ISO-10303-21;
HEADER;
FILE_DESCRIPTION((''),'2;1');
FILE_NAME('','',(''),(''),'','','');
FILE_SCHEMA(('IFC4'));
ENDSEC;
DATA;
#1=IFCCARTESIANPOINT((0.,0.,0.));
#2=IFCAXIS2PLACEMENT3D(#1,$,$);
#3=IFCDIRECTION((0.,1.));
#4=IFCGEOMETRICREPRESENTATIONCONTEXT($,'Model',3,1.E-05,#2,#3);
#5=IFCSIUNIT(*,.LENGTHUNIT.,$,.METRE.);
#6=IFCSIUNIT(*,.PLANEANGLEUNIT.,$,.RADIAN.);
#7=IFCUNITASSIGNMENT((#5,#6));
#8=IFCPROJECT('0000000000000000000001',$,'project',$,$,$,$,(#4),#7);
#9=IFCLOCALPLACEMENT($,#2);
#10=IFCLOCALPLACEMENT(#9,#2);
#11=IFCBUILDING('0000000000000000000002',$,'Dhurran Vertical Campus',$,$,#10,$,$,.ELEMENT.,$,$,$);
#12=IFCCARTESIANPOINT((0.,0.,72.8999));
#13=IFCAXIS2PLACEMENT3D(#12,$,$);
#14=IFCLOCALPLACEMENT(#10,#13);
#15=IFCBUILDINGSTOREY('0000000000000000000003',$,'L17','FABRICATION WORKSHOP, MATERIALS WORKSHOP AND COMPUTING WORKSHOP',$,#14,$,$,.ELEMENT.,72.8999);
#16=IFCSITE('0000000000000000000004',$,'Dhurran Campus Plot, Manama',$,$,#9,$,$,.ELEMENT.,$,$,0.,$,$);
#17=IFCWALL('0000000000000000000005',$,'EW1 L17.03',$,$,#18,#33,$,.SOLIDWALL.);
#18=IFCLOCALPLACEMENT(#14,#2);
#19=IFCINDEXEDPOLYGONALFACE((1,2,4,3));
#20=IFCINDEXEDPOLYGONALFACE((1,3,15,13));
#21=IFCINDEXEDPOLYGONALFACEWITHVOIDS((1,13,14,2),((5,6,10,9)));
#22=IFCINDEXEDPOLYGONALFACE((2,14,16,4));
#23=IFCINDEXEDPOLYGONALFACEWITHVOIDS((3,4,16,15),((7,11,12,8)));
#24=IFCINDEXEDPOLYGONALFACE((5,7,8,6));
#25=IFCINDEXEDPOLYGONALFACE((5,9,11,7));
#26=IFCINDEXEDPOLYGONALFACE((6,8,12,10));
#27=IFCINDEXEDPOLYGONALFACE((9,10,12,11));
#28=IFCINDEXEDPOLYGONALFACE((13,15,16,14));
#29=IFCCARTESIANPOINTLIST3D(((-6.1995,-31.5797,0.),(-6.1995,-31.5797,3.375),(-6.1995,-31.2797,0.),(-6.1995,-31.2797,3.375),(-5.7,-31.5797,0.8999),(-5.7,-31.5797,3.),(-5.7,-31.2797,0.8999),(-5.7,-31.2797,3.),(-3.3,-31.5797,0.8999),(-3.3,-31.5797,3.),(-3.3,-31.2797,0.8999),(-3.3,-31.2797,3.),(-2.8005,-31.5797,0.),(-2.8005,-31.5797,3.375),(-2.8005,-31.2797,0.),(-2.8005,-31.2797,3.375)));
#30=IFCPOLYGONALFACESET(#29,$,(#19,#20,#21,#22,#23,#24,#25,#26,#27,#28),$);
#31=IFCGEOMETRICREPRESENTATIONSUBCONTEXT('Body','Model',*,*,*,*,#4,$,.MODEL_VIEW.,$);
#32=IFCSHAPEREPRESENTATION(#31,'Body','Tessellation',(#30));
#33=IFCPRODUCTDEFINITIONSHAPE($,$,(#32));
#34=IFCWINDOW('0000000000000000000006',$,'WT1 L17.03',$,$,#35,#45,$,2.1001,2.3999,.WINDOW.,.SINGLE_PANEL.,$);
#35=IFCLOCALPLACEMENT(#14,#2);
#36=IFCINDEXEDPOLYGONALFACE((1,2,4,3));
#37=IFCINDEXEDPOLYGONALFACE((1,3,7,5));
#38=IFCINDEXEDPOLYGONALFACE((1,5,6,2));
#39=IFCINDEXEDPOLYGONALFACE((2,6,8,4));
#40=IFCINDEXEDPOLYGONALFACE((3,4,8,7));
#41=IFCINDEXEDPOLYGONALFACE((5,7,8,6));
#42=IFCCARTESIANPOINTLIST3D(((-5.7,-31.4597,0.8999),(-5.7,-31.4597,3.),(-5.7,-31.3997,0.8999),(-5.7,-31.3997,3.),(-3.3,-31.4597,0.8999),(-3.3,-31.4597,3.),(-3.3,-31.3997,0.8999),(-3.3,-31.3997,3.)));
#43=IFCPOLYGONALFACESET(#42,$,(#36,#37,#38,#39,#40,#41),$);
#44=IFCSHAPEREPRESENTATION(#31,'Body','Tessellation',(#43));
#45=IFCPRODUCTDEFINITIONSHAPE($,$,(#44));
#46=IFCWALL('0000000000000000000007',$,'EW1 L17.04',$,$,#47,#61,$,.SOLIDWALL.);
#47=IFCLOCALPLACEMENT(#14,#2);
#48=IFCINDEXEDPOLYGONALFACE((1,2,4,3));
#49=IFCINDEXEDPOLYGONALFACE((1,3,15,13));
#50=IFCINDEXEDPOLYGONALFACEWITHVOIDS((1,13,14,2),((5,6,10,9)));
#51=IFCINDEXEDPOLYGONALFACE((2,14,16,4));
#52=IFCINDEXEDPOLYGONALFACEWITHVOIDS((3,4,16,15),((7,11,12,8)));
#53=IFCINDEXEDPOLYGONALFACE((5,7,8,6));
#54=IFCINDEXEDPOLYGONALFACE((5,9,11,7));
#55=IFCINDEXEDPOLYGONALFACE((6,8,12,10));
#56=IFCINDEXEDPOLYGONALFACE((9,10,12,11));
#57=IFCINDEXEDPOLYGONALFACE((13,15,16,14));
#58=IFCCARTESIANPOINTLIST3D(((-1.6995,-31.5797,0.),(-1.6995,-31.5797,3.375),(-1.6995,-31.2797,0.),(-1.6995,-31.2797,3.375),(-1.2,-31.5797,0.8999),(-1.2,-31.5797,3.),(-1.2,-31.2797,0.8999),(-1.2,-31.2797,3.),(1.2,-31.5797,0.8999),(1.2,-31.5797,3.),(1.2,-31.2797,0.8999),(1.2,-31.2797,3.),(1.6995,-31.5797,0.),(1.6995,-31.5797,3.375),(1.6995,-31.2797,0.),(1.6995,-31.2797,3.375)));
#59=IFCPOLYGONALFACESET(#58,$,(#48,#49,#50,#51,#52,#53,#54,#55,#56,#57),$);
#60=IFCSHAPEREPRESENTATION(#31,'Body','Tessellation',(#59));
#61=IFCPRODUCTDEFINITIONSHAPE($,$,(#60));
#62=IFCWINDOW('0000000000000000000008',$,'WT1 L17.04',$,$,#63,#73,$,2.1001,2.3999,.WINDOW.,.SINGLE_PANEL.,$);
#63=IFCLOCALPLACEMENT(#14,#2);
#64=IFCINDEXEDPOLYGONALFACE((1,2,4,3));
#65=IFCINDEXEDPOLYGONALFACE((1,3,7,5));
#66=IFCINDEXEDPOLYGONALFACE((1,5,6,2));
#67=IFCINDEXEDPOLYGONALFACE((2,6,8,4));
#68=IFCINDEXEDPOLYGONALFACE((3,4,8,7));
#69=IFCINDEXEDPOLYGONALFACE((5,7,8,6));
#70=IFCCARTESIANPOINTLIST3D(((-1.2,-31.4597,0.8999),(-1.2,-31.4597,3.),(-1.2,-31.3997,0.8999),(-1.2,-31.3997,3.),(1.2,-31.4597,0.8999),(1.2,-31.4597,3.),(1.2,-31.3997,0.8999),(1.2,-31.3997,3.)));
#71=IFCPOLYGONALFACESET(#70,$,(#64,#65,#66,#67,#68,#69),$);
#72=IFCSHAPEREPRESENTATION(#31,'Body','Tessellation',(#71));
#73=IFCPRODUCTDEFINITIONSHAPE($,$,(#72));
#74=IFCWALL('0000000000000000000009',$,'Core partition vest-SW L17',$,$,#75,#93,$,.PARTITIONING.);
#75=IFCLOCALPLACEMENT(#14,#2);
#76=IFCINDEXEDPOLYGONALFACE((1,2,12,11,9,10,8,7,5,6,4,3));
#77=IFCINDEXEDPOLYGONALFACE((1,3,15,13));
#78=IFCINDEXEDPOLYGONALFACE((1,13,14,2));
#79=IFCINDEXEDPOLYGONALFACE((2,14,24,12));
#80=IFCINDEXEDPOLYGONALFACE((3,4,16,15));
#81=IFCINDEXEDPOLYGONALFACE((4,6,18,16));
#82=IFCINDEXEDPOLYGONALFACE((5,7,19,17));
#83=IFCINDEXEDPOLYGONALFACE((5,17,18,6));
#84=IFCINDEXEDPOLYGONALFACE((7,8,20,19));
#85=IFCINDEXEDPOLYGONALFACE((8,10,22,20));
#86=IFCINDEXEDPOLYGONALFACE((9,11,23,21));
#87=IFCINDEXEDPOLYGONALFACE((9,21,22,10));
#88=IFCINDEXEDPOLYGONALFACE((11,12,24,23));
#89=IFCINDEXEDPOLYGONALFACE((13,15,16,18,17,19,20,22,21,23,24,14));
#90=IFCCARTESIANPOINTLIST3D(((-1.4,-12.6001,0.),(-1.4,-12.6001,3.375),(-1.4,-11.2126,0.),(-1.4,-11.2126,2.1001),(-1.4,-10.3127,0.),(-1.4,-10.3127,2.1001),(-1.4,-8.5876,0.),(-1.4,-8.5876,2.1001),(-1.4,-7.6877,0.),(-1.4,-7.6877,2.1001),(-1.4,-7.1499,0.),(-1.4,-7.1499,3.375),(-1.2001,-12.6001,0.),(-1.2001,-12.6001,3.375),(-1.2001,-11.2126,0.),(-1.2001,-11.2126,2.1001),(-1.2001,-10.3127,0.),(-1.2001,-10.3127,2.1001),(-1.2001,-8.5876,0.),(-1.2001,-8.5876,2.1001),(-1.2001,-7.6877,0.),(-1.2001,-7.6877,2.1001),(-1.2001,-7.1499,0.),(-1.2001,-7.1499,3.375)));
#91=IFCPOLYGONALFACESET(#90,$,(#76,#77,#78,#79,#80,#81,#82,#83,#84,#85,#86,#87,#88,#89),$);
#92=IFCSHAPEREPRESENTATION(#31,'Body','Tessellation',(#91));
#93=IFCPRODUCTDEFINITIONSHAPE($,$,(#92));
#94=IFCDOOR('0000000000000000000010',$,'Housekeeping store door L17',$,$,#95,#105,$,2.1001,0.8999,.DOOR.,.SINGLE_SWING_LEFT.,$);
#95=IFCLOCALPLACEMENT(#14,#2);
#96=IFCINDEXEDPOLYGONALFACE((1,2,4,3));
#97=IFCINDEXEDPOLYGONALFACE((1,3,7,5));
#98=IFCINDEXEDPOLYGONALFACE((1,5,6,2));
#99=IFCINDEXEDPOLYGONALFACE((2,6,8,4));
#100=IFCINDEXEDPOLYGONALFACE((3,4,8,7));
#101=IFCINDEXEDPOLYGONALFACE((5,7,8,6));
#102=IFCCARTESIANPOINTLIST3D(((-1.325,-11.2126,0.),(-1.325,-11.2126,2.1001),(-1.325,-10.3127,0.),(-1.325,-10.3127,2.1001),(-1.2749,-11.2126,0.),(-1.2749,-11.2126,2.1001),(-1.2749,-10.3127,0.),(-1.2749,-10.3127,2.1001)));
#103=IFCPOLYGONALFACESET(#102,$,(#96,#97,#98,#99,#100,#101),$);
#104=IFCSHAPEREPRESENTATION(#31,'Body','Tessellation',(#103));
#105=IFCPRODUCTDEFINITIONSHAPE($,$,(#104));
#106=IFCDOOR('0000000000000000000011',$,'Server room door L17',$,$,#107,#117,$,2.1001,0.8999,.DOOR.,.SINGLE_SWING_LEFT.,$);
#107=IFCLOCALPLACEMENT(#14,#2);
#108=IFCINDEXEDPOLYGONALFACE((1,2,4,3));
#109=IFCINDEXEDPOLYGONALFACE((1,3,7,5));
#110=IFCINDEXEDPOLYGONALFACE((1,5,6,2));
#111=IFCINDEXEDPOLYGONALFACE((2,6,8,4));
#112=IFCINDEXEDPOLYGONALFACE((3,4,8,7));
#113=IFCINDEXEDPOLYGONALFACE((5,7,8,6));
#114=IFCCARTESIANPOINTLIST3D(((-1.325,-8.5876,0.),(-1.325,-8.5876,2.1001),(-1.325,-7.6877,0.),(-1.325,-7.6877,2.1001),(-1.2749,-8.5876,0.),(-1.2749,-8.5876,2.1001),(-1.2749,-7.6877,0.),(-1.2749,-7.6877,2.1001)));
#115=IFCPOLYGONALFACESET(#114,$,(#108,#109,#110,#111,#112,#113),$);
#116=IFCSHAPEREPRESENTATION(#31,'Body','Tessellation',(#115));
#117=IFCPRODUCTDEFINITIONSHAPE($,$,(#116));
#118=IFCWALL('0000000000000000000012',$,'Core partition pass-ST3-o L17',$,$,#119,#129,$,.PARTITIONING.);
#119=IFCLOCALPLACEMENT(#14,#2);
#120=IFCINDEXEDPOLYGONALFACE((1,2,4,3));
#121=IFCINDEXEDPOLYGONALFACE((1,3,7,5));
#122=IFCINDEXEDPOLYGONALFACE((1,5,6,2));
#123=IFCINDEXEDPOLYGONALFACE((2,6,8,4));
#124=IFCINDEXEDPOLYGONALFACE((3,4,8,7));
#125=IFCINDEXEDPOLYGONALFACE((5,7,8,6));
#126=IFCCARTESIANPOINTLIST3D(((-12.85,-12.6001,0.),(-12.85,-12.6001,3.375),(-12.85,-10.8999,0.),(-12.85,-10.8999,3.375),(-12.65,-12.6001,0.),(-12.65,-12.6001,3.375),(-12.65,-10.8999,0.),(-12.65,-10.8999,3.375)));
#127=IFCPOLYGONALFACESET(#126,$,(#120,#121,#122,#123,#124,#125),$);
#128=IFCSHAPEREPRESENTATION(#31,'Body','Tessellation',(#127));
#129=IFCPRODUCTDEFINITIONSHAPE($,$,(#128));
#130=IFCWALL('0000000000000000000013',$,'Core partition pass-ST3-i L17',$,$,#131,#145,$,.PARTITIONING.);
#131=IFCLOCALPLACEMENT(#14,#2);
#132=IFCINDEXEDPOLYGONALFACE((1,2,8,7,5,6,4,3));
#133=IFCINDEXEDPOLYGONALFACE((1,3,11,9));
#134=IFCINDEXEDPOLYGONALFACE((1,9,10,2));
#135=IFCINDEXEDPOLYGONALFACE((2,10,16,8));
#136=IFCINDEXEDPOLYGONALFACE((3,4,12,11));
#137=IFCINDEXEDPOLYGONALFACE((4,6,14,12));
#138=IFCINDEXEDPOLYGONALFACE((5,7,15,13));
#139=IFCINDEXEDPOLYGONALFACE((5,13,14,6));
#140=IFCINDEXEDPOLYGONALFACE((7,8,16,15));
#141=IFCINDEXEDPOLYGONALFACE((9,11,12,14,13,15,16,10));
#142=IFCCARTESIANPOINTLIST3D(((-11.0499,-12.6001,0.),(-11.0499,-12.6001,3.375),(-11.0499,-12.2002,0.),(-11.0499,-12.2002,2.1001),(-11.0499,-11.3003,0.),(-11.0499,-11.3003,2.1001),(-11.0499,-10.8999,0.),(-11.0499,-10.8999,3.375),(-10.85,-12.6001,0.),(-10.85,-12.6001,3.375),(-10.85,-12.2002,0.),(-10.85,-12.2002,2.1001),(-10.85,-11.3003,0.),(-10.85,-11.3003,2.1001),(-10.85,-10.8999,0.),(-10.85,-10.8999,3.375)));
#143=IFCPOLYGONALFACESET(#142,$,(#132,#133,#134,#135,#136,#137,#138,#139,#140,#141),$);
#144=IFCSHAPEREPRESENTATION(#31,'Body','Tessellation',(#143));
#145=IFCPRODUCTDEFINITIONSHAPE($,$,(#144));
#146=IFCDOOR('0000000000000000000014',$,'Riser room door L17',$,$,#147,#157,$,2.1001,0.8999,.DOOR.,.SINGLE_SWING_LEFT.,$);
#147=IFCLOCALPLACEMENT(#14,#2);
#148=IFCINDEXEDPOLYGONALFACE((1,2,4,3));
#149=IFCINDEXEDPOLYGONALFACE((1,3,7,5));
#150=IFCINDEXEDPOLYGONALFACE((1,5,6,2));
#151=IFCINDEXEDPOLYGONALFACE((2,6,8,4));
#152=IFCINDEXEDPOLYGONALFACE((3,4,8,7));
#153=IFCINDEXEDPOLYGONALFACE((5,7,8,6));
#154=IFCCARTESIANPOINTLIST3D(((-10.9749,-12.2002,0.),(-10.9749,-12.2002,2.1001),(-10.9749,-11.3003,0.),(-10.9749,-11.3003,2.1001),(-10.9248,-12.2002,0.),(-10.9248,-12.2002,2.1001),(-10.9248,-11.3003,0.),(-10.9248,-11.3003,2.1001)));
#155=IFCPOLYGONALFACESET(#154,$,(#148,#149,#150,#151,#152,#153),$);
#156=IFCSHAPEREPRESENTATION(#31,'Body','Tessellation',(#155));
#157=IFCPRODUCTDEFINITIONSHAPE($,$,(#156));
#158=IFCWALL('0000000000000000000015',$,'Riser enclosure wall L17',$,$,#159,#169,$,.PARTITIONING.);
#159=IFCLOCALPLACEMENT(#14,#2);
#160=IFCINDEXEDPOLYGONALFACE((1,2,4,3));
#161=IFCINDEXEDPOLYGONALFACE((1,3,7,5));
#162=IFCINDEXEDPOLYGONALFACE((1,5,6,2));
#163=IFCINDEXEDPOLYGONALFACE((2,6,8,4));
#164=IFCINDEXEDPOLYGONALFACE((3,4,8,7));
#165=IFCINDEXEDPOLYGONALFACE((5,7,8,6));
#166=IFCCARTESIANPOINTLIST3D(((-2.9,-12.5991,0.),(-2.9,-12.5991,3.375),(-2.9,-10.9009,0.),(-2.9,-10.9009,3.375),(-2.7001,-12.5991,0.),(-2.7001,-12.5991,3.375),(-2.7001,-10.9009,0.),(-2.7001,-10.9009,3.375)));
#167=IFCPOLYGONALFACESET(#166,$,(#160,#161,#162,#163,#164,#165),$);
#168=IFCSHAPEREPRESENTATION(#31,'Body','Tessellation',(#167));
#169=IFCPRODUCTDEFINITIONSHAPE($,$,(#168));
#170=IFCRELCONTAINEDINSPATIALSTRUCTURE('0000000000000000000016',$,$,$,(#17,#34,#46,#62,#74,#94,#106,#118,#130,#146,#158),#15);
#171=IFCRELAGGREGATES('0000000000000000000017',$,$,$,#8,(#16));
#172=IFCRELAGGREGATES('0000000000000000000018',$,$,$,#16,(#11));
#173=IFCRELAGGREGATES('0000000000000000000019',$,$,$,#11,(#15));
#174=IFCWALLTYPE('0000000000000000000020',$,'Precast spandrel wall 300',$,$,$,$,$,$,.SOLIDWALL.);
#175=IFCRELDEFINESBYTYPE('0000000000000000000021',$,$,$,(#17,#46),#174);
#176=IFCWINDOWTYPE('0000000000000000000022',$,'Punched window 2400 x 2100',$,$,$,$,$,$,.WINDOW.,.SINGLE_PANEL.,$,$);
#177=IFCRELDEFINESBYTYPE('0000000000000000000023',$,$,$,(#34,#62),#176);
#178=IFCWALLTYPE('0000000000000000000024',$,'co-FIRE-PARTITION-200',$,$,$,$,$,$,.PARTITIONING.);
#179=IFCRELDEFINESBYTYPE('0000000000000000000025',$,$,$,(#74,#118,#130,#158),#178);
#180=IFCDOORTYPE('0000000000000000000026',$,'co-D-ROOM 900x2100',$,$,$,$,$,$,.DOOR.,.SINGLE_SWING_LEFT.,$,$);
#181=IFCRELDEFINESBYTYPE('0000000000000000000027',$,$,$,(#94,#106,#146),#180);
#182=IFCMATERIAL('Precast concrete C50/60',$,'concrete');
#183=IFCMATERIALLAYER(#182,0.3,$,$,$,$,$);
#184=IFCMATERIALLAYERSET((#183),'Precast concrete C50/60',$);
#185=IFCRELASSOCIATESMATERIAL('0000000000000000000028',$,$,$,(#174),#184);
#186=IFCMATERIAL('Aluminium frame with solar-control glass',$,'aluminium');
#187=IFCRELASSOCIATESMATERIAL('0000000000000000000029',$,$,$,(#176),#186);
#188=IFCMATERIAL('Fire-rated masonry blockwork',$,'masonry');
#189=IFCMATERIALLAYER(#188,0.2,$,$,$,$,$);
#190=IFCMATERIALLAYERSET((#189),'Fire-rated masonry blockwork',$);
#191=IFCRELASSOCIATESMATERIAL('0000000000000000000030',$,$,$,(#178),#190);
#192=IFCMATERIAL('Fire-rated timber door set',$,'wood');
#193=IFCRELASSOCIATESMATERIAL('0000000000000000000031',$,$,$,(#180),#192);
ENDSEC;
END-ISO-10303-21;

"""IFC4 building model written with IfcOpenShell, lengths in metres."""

from ifc_helpers import new_model, si_unit, direction, frame, frame_2d, origin, place, context, subcontext, project, spatial, rectangle, extrude, material, layer, layer_set, type_object, element, fill, save


model = new_model("IFC4")

# Units and contexts
model_context = context("Model", 3, precision=1e-05, world=origin(), true_north=direction((0.0, 1.0)))
body_context = subcontext(model_context, "Body", "Model", "MODEL_VIEW")
ifc_project = project(units=[si_unit("LENGTHUNIT", "METRE"), si_unit("PLANEANGLEUNIT", "RADIAN")], contexts=[model_context])

# Site, building, storey
site_placement = place(None, origin())
site = spatial("IfcSite", under=ifc_project, at=site_placement, Name="Dhurran Campus Plot, Manama", CompositionType="ELEMENT", RefElevation=0.0)
building_placement = place(site_placement, origin())
building = spatial("IfcBuilding", under=site, at=building_placement, Name="Dhurran Vertical Campus", CompositionType="ELEMENT")
storey_placement = place(building_placement, frame((0.0, 0.0, 72.8999)))
storey = spatial("IfcBuildingStorey", under=building, at=storey_placement, Name="L17", Description="FABRICATION WORKSHOP, MATERIALS WORKSHOP AND COMPUTING WORKSHOP", CompositionType="ELEMENT", Elevation=72.8999)

# Walls, openings, windows
ifc_material_1 = material(Name="Precast concrete C50/60", Category="concrete")
ifc_layer_1 = layer(ifc_material_1, 0.3)
ifc_layer_set_1 = layer_set([ifc_layer_1], Name="Precast concrete C50/60")
wall_type_1 = type_object("IfcWallType", Name="Precast spandrel wall 300", PredefinedType="SOLIDWALL", material=ifc_layer_set_1)
ifc_material_2 = material(Name="Aluminium frame with solar-control glass", Category="aluminium")
window_type = type_object("IfcWindowType", Name="Punched window 2400 x 2100", PartitioningType="SINGLE_PANEL", PredefinedType="WINDOW", material=ifc_material_2)
wall_1_placement = place(storey_placement, frame((-6.1995, -31.4297, 0.0), z_axis=(0.0, 0.0, 1.0), x_axis=(1.0, 0.0, 0.0)))
wall_1 = element("IfcWall", 1, at=wall_1_placement, inside=storey, type_object=wall_type_1, Name="EW1 L17.03", PredefinedType="SOLIDWALL", context=body_context, shape_type="SweptSolid", body=[
    extrude(rectangle(XDim=3.3989, YDim=0.3, at=frame_2d((1.6995, 0.0))), origin(), (0.0, 0.0, 1.0), 3.375),
])
opening_1_placement = place(wall_1_placement, frame((0.4995, 0.0, 0.8999)))
opening_1 = element("IfcOpeningElement", 2, at=opening_1_placement, cuts=wall_1, PredefinedType="OPENING", context=body_context, shape_type="SweptSolid", body=[
    extrude(rectangle(XDim=2.3999, YDim=2.1001, at=frame_2d((1.2, 1.05))), frame((0.0, 0.1599, 0.0), z_axis=(0.0, -1.0, 0.0), x_axis=(1.0, 0.0, 0.0)), (0.0, 0.0, 1.0), 0.3201),
])
window_1_placement = place(opening_1_placement, origin())
window_1 = element("IfcWindow", 3, at=window_1_placement, inside=storey, type_object=window_type, Name="WT1 L17.03", OverallHeight=2.1001, OverallWidth=2.3999, PartitioningType="SINGLE_PANEL", PredefinedType="WINDOW", context=body_context, shape_type="SweptSolid", body=[
    extrude(rectangle(XDim=2.3999, YDim=2.1001, at=frame_2d((1.2, 1.05))), frame((0.0, 0.03, 0.0), z_axis=(0.0, -1.0, 0.0), x_axis=(1.0, 0.0, 0.0)), (0.0, 0.0, 1.0), 0.0601),
])
fill(opening_1, window_1)
wall_2_placement = place(storey_placement, frame((-1.6995, -31.4297, 0.0), z_axis=(0.0, 0.0, 1.0), x_axis=(1.0, 0.0, 0.0)))
wall_2 = element("IfcWall", 4, at=wall_2_placement, inside=storey, type_object=wall_type_1, Name="EW1 L17.04", PredefinedType="SOLIDWALL", context=body_context, shape_type="SweptSolid", body=[
    extrude(rectangle(XDim=3.3989, YDim=0.3, at=frame_2d((1.6995, 0.0))), origin(), (0.0, 0.0, 1.0), 3.375),
])
opening_2_placement = place(wall_2_placement, frame((0.4995, 0.0, 0.8999)))
opening_2 = element("IfcOpeningElement", 5, at=opening_2_placement, cuts=wall_2, PredefinedType="OPENING", context=body_context, shape_type="SweptSolid", body=[
    extrude(rectangle(XDim=2.3999, YDim=2.1001, at=frame_2d((1.2, 1.05))), frame((0.0, 0.1599, 0.0), z_axis=(0.0, -1.0, 0.0), x_axis=(1.0, 0.0, 0.0)), (0.0, 0.0, 1.0), 0.3201),
])
window_2_placement = place(opening_2_placement, origin())
window_2 = element("IfcWindow", 6, at=window_2_placement, inside=storey, type_object=window_type, Name="WT1 L17.04", OverallHeight=2.1001, OverallWidth=2.3999, PartitioningType="SINGLE_PANEL", PredefinedType="WINDOW", context=body_context, shape_type="SweptSolid", body=[
    extrude(rectangle(XDim=2.3999, YDim=2.1001, at=frame_2d((1.2, 1.05))), frame((0.0, 0.03, 0.0), z_axis=(0.0, -1.0, 0.0), x_axis=(1.0, 0.0, 0.0)), (0.0, 0.0, 1.0), 0.0601),
])
fill(opening_2, window_2)

# Wall, openings, doors
ifc_material_3 = material(Name="Fire-rated masonry blockwork", Category="masonry")
ifc_layer_2 = layer(ifc_material_3, 0.2)
ifc_layer_set_2 = layer_set([ifc_layer_2], Name="Fire-rated masonry blockwork")
wall_type_2 = type_object("IfcWallType", Name="co-FIRE-PARTITION-200", PredefinedType="PARTITIONING", material=ifc_layer_set_2)
wall_3_placement = place(storey_placement, frame((-1.3, -12.6001, 0.0), z_axis=(0.0, 0.0, 1.0), x_axis=(0.0, 1.0, 0.0)))
wall_3 = element("IfcWall", 7, at=wall_3_placement, inside=storey, type_object=wall_type_2, Name="Core partition vest-SW L17", PredefinedType="PARTITIONING", context=body_context, shape_type="SweptSolid", body=[
    extrude(rectangle(XDim=5.4502, YDim=0.2, at=frame_2d((2.7251, 0.0))), origin(), (0.0, 0.0, 1.0), 3.375),
])
opening_3_placement = place(wall_3_placement, frame((1.3875, 0.0, 0.0)))
opening_3 = element("IfcOpeningElement", 8, at=opening_3_placement, cuts=wall_3, PredefinedType="OPENING", context=body_context, shape_type="SweptSolid", body=[
    extrude(rectangle(XDim=0.8999, YDim=2.1001, at=frame_2d((0.45, 1.05))), frame((0.0, 0.1099, 0.0), z_axis=(0.0, -1.0, 0.0), x_axis=(1.0, 0.0, 0.0)), (0.0, 0.0, 1.0), 0.22),
])
opening_4_placement = place(wall_3_placement, frame((4.0125, 0.0, 0.0)))
opening_4 = element("IfcOpeningElement", 9, at=opening_4_placement, cuts=wall_3, PredefinedType="OPENING", context=body_context, shape_type="SweptSolid", body=[
    extrude(rectangle(XDim=0.8999, YDim=2.1001, at=frame_2d((0.45, 1.05))), frame((0.0, 0.1099, 0.0), z_axis=(0.0, -1.0, 0.0), x_axis=(1.0, 0.0, 0.0)), (0.0, 0.0, 1.0), 0.22),
])
ifc_material_4 = material(Name="Fire-rated timber door set", Category="wood")
door_type_1 = type_object("IfcDoorType", Name="co-D-ROOM 900x2100", OperationType="SINGLE_SWING_LEFT", PredefinedType="DOOR", material=ifc_material_4)
door_1_placement = place(opening_3_placement, origin())
door_1 = element("IfcDoor", 10, at=door_1_placement, inside=storey, type_object=door_type_1, Name="Housekeeping store door L17", OperationType="SINGLE_SWING_LEFT", OverallHeight=2.1001, OverallWidth=0.8999, PredefinedType="DOOR", context=body_context, shape_type="SweptSolid", body=[
    extrude(rectangle(XDim=0.8999, YDim=2.1001, at=frame_2d((0.45, 1.05))), frame((0.0, 0.0249, 0.0), z_axis=(0.0, -1.0, 0.0), x_axis=(1.0, 0.0, 0.0)), (0.0, 0.0, 1.0), 0.05),
])
fill(opening_3, door_1)
door_2_placement = place(opening_4_placement, origin())
door_2 = element("IfcDoor", 11, at=door_2_placement, inside=storey, type_object=door_type_1, Name="Server room door L17", OperationType="SINGLE_SWING_LEFT", OverallHeight=2.1001, OverallWidth=0.8999, PredefinedType="DOOR", context=body_context, shape_type="SweptSolid", body=[
    extrude(rectangle(XDim=0.8999, YDim=2.1001, at=frame_2d((0.45, 1.05))), frame((0.0, 0.0249, 0.0), z_axis=(0.0, -1.0, 0.0), x_axis=(1.0, 0.0, 0.0)), (0.0, 0.0, 1.0), 0.05),
])
fill(opening_4, door_2)

# Wall
wall_4_placement = place(storey_placement, frame((-12.75, -12.6001, 0.0), z_axis=(0.0, 0.0, 1.0), x_axis=(0.0, 1.0, 0.0)))
element("IfcWall", 12, at=wall_4_placement, inside=storey, type_object=wall_type_2, Name="Core partition pass-ST3-o L17", PredefinedType="PARTITIONING", context=body_context, shape_type="SweptSolid", body=[
    extrude(rectangle(XDim=1.7002, YDim=0.2, at=frame_2d((0.8501, 0.0))), origin(), (0.0, 0.0, 1.0), 3.375),
])

# Wall, opening, door
wall_5_placement = place(storey_placement, frame((-10.95, -12.6001, 0.0), z_axis=(0.0, 0.0, 1.0), x_axis=(0.0, 1.0, 0.0)))
wall_5 = element("IfcWall", 13, at=wall_5_placement, inside=storey, type_object=wall_type_2, Name="Core partition pass-ST3-i L17", PredefinedType="PARTITIONING", context=body_context, shape_type="SweptSolid", body=[
    extrude(rectangle(XDim=1.7002, YDim=0.2, at=frame_2d((0.8501, 0.0))), origin(), (0.0, 0.0, 1.0), 3.375),
])
opening_5_placement = place(wall_5_placement, frame((0.3999, 0.0, 0.0)))
opening_5 = element("IfcOpeningElement", 14, at=opening_5_placement, cuts=wall_5, PredefinedType="OPENING", context=body_context, shape_type="SweptSolid", body=[
    extrude(rectangle(XDim=0.8999, YDim=2.1001, at=frame_2d((0.45, 1.05))), frame((0.0, 0.1099, 0.0), z_axis=(0.0, -1.0, 0.0), x_axis=(1.0, 0.0, 0.0)), (0.0, 0.0, 1.0), 0.22),
])
door_3_placement = place(opening_5_placement, origin())
door_3 = element("IfcDoor", 15, at=door_3_placement, inside=storey, type_object=door_type_1, Name="Riser room door L17", OperationType="SINGLE_SWING_LEFT", OverallHeight=2.1001, OverallWidth=0.8999, PredefinedType="DOOR", context=body_context, shape_type="SweptSolid", body=[
    extrude(rectangle(XDim=0.8999, YDim=2.1001, at=frame_2d((0.45, 1.05))), frame((0.0, 0.0249, 0.0), z_axis=(0.0, -1.0, 0.0), x_axis=(1.0, 0.0, 0.0)), (0.0, 0.0, 1.0), 0.05),
])
fill(opening_5, door_3)

# Wall
wall_6_placement = place(storey_placement, frame((-2.8, -12.5991, 0.0), z_axis=(0.0, 0.0, 1.0), x_axis=(0.0, 1.0, 0.0)))
element("IfcWall", 16, at=wall_6_placement, inside=storey, type_object=wall_type_2, Name="Riser enclosure wall L17", PredefinedType="PARTITIONING", context=body_context, shape_type="SweptSolid", body=[
    extrude(rectangle(XDim=1.6982, YDim=0.2, at=frame_2d((0.8491, 0.0))), origin(), (0.0, 0.0, 1.0), 3.375),
])

save(model, "model.ifc")
